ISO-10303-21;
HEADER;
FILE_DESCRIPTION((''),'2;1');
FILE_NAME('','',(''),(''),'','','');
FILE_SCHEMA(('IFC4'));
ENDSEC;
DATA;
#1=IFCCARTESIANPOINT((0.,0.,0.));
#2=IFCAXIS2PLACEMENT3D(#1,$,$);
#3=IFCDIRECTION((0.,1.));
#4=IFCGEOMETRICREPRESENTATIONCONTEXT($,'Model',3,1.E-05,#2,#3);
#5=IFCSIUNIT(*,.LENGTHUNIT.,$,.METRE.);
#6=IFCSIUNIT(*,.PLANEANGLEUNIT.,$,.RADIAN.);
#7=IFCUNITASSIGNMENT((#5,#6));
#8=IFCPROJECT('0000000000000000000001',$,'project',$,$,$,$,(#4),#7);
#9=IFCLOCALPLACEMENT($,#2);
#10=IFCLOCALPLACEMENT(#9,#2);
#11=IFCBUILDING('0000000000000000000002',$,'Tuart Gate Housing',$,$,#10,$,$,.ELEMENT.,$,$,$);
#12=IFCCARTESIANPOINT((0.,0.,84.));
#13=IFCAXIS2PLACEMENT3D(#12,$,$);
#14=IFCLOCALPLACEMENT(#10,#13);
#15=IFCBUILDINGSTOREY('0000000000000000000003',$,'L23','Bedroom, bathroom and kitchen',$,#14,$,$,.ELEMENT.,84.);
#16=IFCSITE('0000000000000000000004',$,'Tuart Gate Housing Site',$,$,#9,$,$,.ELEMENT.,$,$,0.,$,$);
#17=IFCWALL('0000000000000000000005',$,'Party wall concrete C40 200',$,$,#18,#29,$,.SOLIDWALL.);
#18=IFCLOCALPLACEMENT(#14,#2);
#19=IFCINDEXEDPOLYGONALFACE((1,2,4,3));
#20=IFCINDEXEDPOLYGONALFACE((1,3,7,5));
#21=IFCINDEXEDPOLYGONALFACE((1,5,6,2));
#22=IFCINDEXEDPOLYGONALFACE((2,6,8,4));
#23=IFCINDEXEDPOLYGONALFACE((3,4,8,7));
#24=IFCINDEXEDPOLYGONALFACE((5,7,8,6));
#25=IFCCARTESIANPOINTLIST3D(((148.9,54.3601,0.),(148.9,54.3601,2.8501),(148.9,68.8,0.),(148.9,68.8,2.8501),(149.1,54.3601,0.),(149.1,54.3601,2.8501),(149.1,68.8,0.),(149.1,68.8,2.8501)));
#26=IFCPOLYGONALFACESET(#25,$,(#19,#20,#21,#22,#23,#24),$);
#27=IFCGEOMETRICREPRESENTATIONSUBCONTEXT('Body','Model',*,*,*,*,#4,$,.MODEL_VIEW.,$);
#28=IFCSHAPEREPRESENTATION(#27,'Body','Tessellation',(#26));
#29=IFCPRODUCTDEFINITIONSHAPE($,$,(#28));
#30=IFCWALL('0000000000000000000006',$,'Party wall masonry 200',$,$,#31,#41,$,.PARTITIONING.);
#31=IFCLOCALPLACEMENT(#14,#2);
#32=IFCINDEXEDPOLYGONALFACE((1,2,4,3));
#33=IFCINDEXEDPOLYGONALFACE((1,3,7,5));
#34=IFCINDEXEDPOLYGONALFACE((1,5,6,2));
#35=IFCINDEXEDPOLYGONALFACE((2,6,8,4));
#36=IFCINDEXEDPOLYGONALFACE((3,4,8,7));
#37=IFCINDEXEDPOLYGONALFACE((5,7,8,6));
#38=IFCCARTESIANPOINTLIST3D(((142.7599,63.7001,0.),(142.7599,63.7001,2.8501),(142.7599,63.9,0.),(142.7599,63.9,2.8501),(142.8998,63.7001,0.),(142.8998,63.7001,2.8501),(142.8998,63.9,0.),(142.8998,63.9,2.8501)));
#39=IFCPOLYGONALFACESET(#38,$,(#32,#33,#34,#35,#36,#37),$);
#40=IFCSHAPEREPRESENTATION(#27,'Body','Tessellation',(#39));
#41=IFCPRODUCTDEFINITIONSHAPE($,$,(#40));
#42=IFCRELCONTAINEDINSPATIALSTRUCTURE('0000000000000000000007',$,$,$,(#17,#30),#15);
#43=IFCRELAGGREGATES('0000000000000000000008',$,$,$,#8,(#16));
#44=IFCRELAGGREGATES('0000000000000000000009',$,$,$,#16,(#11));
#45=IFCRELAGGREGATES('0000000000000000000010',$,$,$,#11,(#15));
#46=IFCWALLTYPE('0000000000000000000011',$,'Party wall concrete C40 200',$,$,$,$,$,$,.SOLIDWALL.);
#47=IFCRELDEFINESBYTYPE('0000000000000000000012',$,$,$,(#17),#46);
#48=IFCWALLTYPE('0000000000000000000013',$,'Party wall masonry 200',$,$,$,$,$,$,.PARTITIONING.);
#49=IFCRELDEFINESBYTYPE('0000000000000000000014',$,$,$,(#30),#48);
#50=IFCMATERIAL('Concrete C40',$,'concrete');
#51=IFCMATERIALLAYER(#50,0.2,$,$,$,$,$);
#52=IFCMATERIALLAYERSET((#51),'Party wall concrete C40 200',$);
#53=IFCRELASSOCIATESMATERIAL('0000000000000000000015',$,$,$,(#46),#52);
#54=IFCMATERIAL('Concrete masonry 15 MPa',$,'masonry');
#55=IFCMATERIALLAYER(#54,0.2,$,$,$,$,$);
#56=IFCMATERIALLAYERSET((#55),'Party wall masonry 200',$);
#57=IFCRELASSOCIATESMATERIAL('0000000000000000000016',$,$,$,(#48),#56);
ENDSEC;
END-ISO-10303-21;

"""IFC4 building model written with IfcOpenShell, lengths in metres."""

from ifc_helpers import new_model, si_unit, direction, frame, frame_2d, origin, place, context, subcontext, project, spatial, rectangle, extrude, material, layer, layer_set, type_object, element, save


model = new_model("IFC4")

# Units and contexts
model_context = context("Model", 3, precision=1e-05, world=origin(), true_north=direction((0.0, 1.0)))
body_context = subcontext(model_context, "Body", "Model", "MODEL_VIEW")
ifc_project = project(units=[si_unit("LENGTHUNIT", "METRE"), si_unit("PLANEANGLEUNIT", "RADIAN")], contexts=[model_context])

# Site, building, storey
site_placement = place(None, origin())
site = spatial("IfcSite", under=ifc_project, at=site_placement, Name="Tuart Gate Housing Site", CompositionType="ELEMENT", RefElevation=0.0)
building_placement = place(site_placement, origin())
building = spatial("IfcBuilding", under=site, at=building_placement, Name="Tuart Gate Housing", CompositionType="ELEMENT")
storey_placement = place(building_placement, frame((0.0, 0.0, 84.0)))
storey = spatial("IfcBuildingStorey", under=building, at=storey_placement, Name="L23", Description="Bedroom, bathroom and kitchen", CompositionType="ELEMENT", Elevation=84.0)

# Walls
ifc_material_1 = material(Name="Concrete C40", Category="concrete")
ifc_layer_1 = layer(ifc_material_1, 0.2)
ifc_layer_set_1 = layer_set([ifc_layer_1], Name="Party wall concrete C40 200")
wall_type_1 = type_object("IfcWallType", Name="Party wall concrete C40 200", PredefinedType="SOLIDWALL", material=ifc_layer_set_1)
wall_1_placement = place(storey_placement, frame((149.0, 54.3601, 0.0), z_axis=(0.0, 0.0, 1.0), x_axis=(0.0, 1.0, 0.0)))
element("IfcWall", 1, at=wall_1_placement, inside=storey, type_object=wall_type_1, Name="Party wall concrete C40 200", PredefinedType="SOLIDWALL", context=body_context, shape_type="SweptSolid", body=[
    extrude(rectangle(XDim=14.4399, YDim=0.2, at=frame_2d((7.22, 0.0))), origin(), (0.0, 0.0, 1.0), 2.8501),
])
ifc_material_2 = material(Name="Concrete masonry 15 MPa", Category="masonry")
ifc_layer_2 = layer(ifc_material_2, 0.2)
ifc_layer_set_2 = layer_set([ifc_layer_2], Name="Party wall masonry 200")
wall_type_2 = type_object("IfcWallType", Name="Party wall masonry 200", PredefinedType="PARTITIONING", material=ifc_layer_set_2)
wall_2_placement = place(storey_placement, frame((142.76, 63.8, 0.0), z_axis=(0.0, 0.0, 1.0), x_axis=(1.0, 0.0, 0.0)))
element("IfcWall", 2, at=wall_2_placement, inside=storey, type_object=wall_type_2, Name="Party wall masonry 200", PredefinedType="PARTITIONING", context=body_context, shape_type="SweptSolid", body=[
    extrude(rectangle(XDim=0.1399, YDim=0.2, at=frame_2d((0.0698, 0.0))), origin(), (0.0, 0.0, 1.0), 2.8501),
])

save(model, "model.ifc")
